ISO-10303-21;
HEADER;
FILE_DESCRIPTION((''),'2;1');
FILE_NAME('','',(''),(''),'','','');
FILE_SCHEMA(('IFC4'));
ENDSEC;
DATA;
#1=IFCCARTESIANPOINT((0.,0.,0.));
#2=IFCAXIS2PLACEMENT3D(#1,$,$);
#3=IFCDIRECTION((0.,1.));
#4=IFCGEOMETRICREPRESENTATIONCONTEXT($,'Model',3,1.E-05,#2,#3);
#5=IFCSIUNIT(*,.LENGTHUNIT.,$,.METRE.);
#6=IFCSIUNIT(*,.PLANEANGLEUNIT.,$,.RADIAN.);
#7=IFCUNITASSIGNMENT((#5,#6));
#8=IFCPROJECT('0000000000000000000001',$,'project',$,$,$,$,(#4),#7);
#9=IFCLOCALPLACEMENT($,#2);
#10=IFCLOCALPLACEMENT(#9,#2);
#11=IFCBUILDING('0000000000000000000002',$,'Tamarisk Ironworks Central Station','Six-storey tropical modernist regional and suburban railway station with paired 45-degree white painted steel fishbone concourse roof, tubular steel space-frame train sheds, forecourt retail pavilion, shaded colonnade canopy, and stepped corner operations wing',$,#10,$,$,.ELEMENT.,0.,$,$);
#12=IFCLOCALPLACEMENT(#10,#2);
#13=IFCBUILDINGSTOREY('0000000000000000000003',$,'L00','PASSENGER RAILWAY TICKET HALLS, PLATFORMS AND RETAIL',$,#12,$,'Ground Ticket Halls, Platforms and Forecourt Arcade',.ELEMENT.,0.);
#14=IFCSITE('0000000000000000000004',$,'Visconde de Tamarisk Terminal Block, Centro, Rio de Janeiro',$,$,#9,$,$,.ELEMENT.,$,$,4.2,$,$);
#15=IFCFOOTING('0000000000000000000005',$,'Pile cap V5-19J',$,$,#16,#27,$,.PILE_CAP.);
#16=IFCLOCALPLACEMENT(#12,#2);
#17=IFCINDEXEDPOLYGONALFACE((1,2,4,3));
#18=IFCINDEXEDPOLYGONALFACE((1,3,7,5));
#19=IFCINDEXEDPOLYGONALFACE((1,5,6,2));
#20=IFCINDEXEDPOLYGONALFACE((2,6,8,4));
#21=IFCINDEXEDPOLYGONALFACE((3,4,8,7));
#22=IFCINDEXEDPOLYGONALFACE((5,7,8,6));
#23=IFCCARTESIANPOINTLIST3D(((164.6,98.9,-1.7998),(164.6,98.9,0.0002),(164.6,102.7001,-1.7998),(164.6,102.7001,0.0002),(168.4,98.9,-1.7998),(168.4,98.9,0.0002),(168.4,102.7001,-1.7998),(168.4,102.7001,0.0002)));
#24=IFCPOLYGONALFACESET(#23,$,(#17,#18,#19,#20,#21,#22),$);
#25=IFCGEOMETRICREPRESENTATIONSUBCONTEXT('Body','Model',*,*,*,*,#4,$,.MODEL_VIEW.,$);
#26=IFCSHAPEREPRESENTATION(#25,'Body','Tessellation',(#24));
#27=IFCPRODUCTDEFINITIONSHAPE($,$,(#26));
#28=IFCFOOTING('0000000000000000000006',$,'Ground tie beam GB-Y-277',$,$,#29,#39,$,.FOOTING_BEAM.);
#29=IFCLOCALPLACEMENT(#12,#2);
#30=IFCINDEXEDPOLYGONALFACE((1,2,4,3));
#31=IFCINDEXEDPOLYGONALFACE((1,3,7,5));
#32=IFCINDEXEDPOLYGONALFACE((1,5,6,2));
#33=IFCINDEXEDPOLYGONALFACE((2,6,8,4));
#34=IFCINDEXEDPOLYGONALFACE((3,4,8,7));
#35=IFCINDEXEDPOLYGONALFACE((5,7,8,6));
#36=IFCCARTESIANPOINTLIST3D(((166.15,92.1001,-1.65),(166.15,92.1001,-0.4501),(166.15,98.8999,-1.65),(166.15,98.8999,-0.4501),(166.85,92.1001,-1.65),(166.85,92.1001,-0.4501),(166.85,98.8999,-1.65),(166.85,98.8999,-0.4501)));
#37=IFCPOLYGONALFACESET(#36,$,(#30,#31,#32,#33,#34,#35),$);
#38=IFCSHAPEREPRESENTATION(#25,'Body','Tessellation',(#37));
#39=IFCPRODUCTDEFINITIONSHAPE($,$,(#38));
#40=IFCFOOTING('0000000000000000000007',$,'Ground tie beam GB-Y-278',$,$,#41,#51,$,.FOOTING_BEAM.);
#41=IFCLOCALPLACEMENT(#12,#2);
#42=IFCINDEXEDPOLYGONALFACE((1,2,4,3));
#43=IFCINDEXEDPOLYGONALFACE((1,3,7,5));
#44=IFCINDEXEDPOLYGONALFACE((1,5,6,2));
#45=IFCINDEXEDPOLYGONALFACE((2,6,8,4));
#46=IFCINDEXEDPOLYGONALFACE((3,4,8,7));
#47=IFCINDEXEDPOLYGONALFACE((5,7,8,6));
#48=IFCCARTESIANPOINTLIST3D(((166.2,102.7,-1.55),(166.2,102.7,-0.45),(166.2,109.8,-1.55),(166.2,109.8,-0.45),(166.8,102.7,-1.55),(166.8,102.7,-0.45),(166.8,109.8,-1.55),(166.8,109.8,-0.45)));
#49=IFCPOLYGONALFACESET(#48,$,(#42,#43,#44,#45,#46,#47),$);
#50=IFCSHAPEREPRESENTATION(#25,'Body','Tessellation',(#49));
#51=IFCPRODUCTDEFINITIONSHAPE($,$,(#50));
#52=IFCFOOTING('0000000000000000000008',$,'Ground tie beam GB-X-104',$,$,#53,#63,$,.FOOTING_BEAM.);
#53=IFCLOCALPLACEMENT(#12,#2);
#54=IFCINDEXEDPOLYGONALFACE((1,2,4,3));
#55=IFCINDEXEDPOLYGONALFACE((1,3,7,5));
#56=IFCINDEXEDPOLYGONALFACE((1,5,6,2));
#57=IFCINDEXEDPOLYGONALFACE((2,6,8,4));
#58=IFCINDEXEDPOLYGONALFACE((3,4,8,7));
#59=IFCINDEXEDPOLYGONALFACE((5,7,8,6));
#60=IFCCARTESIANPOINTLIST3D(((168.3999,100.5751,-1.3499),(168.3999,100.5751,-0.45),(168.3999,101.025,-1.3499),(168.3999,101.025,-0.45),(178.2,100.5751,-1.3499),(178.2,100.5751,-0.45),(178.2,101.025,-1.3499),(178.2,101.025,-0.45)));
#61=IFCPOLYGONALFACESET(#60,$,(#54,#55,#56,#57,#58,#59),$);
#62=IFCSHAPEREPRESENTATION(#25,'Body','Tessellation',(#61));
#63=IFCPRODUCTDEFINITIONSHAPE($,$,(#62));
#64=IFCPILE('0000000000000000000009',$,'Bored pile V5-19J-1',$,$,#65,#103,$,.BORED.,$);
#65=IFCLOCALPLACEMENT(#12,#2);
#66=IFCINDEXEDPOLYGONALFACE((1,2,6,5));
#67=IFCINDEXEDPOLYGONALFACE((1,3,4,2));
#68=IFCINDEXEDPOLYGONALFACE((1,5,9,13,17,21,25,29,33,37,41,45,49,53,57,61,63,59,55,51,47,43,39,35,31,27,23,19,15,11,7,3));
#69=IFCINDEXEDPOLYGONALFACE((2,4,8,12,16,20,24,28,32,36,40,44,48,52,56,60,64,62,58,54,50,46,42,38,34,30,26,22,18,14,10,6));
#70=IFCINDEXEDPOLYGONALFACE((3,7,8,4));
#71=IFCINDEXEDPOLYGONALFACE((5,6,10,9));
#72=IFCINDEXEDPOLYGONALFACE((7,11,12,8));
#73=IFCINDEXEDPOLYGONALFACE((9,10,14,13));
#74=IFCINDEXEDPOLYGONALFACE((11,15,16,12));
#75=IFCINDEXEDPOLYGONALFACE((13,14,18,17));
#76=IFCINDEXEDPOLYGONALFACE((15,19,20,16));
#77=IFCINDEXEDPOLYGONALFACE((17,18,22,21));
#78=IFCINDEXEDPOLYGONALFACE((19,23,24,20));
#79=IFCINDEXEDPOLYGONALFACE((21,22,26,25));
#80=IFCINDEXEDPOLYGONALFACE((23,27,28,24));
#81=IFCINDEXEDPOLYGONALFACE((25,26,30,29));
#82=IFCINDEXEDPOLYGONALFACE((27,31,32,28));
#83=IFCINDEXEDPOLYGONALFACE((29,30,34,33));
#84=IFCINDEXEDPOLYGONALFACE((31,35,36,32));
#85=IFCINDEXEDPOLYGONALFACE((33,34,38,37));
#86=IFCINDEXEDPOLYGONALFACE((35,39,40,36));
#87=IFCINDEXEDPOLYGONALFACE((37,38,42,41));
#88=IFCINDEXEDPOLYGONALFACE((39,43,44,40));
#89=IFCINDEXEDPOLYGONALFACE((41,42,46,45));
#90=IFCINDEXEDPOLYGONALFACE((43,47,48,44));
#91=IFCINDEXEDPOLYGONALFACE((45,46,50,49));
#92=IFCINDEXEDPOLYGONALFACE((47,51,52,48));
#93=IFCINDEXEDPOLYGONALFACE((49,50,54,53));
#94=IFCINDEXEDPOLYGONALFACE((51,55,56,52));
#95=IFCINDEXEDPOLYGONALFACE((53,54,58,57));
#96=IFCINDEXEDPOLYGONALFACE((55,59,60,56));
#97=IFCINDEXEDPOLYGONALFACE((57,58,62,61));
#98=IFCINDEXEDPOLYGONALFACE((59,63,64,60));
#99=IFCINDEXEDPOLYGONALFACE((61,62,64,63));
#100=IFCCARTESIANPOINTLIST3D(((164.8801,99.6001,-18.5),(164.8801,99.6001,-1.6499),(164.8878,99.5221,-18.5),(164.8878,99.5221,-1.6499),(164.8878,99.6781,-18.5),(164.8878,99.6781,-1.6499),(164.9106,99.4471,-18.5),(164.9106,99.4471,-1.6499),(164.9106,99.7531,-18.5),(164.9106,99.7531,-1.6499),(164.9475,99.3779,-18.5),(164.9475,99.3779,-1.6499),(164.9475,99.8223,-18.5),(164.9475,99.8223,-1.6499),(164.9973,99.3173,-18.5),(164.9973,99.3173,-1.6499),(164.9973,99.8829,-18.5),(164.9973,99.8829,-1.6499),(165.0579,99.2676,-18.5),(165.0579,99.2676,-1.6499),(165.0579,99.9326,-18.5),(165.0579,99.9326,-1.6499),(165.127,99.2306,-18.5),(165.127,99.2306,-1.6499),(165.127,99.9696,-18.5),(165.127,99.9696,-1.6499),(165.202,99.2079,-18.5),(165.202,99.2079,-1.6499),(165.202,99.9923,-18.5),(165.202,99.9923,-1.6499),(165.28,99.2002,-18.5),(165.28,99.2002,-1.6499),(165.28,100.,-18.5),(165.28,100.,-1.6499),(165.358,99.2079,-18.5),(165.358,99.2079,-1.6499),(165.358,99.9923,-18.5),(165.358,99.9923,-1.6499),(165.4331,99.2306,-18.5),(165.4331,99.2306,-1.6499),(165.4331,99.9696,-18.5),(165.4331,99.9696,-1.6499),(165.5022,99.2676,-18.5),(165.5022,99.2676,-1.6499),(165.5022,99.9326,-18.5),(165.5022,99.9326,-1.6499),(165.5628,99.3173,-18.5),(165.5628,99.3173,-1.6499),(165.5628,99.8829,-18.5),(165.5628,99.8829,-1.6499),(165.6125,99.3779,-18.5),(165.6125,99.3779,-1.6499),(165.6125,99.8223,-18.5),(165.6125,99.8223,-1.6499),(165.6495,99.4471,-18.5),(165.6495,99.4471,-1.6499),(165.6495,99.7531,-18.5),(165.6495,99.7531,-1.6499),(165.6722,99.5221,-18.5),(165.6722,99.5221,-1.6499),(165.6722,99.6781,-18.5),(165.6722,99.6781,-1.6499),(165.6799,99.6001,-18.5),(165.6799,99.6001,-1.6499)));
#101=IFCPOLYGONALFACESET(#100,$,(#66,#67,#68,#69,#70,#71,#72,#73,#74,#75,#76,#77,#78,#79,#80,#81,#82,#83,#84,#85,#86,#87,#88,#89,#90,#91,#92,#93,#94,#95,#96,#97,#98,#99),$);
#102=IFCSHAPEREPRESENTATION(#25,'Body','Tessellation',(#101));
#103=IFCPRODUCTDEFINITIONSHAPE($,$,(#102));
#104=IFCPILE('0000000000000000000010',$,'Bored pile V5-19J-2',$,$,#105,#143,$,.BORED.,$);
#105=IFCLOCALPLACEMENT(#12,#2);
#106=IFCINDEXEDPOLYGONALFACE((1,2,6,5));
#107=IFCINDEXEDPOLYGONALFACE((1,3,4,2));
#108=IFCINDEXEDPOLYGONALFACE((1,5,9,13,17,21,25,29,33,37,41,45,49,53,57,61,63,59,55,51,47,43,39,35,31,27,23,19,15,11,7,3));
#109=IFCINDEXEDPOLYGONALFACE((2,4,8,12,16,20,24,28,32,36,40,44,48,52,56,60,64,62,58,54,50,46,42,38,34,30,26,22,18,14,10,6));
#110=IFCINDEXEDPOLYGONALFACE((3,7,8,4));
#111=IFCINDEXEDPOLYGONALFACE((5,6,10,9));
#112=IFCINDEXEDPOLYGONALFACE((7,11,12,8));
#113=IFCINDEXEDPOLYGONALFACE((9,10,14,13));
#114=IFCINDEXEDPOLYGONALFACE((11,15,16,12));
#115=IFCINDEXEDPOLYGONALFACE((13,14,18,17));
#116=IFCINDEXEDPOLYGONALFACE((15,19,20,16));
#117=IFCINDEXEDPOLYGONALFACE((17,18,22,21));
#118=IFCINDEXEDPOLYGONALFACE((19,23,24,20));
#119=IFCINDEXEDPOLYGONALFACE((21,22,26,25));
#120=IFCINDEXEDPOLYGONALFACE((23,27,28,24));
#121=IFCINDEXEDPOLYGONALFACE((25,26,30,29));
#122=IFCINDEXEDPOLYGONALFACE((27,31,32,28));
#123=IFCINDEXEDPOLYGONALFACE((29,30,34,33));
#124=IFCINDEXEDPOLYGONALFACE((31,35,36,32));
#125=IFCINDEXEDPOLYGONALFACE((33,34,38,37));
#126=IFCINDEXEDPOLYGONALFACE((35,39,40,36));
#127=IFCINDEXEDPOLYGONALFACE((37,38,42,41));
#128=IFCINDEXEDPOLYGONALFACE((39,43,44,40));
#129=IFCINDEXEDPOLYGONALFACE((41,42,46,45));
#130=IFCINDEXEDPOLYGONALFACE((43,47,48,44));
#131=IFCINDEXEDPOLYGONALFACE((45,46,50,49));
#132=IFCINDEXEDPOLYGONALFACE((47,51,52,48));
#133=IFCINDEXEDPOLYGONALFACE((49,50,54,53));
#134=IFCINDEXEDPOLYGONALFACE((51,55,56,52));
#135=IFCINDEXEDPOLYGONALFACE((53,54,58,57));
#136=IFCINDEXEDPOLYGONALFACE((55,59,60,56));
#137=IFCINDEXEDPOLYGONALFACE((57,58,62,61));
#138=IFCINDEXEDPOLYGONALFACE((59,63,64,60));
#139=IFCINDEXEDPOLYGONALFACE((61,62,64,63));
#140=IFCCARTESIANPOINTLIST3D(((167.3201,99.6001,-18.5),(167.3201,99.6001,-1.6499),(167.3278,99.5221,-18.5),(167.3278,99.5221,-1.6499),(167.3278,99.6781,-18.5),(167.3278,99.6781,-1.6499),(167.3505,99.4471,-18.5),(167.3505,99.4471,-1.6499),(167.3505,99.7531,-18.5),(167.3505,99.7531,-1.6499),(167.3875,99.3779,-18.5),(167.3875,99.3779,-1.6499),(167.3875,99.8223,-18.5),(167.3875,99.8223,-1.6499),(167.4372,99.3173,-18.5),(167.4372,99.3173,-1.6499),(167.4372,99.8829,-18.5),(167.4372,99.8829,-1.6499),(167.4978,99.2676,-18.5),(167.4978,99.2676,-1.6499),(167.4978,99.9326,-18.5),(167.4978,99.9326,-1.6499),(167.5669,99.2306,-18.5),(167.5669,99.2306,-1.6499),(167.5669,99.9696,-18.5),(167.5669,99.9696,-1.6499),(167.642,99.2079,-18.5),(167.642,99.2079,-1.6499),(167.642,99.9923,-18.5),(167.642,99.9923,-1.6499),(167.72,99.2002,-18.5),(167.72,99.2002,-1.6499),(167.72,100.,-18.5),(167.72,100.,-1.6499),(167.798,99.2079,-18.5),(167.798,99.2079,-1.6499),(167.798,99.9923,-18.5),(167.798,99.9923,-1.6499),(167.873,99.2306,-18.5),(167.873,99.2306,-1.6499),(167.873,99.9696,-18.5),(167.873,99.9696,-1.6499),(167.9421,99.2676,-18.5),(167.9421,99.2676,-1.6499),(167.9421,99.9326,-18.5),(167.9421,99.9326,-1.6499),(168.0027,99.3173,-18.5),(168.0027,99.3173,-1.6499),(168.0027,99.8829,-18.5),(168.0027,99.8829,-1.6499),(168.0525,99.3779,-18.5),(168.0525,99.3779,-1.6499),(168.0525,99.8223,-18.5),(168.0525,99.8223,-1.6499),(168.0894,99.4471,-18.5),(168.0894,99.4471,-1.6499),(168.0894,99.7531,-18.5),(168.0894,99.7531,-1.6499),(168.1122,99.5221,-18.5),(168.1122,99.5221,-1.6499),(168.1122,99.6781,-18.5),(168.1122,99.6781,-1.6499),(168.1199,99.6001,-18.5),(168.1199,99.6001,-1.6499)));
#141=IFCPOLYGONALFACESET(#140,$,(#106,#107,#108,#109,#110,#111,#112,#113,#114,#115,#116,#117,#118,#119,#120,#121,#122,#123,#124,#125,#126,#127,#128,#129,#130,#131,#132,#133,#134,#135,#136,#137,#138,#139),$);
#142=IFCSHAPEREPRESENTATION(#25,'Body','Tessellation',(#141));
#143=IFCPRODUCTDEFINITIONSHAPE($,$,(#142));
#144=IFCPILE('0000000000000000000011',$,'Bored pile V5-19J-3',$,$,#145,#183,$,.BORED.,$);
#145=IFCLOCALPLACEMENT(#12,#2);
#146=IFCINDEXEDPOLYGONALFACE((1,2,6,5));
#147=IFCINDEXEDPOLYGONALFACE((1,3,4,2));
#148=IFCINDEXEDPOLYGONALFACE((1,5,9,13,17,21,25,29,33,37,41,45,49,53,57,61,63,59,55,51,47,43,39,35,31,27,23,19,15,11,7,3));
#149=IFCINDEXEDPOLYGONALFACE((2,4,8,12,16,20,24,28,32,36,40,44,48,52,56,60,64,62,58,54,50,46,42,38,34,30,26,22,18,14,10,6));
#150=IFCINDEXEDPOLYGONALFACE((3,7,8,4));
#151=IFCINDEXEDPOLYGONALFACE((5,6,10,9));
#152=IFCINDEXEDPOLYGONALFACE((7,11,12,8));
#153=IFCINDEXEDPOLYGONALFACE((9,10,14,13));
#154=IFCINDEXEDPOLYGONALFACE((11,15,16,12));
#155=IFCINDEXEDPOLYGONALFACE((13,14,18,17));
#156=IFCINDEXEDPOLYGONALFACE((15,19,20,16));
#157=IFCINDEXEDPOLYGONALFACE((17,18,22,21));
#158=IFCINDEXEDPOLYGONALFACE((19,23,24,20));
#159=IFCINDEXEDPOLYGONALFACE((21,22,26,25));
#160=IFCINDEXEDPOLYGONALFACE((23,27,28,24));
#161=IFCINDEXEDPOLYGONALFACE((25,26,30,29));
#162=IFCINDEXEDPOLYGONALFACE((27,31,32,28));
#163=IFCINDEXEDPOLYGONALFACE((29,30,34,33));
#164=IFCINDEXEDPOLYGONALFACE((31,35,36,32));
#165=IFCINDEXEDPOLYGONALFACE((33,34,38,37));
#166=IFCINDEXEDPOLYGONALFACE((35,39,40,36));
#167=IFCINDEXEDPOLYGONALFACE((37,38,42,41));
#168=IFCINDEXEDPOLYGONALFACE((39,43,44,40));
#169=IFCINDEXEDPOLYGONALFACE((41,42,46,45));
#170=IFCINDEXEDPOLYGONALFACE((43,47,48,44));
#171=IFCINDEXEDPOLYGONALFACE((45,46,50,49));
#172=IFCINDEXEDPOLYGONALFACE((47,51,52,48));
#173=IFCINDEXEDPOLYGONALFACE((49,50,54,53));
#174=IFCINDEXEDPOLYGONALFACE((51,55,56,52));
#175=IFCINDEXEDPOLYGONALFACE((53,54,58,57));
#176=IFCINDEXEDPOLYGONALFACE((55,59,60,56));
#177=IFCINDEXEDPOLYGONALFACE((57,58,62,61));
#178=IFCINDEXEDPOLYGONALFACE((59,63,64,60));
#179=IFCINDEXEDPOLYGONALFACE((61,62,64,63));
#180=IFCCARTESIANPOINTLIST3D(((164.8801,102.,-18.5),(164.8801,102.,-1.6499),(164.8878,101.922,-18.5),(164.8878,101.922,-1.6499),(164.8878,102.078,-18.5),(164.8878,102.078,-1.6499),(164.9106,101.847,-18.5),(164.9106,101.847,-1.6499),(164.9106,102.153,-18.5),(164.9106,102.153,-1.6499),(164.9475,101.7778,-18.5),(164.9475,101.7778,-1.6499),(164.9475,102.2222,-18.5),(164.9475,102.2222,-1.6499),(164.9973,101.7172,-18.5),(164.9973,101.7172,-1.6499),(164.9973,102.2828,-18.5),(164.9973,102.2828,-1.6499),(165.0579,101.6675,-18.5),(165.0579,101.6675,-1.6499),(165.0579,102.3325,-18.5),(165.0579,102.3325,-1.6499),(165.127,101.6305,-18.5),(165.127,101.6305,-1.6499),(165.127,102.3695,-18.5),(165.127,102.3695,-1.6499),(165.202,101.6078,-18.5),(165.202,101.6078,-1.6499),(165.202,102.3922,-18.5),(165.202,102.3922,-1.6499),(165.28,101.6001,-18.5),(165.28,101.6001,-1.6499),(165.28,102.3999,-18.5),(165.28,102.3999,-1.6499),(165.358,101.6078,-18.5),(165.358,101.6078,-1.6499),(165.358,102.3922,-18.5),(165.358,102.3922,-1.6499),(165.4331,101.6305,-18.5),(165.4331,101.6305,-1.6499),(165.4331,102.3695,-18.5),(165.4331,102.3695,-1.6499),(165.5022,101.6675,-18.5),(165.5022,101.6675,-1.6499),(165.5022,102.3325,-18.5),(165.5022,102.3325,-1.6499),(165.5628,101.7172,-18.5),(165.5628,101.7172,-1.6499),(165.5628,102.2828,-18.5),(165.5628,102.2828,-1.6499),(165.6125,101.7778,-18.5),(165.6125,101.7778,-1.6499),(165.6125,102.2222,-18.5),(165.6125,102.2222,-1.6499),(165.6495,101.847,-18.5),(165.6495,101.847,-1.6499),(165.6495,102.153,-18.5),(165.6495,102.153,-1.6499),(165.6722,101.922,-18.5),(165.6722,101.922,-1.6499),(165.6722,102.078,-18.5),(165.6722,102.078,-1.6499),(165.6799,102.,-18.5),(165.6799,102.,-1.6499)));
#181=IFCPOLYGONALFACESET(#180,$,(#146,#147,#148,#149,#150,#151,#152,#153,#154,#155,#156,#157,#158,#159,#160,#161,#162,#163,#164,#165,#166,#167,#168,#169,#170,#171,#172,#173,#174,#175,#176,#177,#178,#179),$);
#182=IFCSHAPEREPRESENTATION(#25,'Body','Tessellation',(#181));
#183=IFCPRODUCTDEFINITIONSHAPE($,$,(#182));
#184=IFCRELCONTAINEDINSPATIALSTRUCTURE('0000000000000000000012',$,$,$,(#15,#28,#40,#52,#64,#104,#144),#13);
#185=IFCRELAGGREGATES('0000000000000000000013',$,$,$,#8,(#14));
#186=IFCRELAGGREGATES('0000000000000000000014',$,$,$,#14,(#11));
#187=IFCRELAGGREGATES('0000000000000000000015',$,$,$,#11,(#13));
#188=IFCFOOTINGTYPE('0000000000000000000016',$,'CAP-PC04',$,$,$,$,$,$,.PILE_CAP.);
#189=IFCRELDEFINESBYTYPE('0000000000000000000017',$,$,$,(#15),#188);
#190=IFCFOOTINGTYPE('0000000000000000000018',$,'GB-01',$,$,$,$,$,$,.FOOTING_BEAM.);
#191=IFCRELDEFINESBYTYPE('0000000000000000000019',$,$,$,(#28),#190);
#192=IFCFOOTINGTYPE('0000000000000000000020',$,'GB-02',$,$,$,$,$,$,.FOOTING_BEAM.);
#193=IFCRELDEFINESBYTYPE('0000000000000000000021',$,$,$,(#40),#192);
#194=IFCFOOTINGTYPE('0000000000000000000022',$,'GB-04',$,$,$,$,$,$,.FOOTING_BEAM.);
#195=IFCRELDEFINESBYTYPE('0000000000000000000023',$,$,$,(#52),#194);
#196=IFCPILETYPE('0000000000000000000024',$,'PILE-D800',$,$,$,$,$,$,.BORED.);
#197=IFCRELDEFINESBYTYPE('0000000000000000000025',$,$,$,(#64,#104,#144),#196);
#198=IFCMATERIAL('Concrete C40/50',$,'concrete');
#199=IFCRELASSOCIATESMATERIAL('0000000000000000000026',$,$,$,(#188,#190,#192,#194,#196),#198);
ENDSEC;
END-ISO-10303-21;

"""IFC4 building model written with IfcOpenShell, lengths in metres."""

from ifc_helpers import new_model, si_unit, direction, frame, origin, origin_2d, place, context, subcontext, project, spatial, rectangle, circle, extrude, material, material_profile, profile_set, type_object, element, save


model = new_model("IFC4")

# Units and contexts
model_context = context("Model", 3, precision=1e-05, world=origin(), true_north=direction((0.0, 1.0)))
body_context = subcontext(model_context, "Body", "Model", "MODEL_VIEW")
ifc_project = project(units=[si_unit("LENGTHUNIT", "METRE"), si_unit("PLANEANGLEUNIT", "RADIAN")], contexts=[model_context])

# Site, building, storey
site_placement = place(None, origin())
site = spatial("IfcSite", under=ifc_project, at=site_placement, Name="Visconde de Tamarisk Terminal Block, Centro, Rio de Janeiro", CompositionType="ELEMENT", RefElevation=4.2)
building_placement = place(site_placement, origin())
building = spatial("IfcBuilding", under=site, at=building_placement, Name="Tamarisk Ironworks Central Station", Description="Six-storey tropical modernist regional and suburban railway station with paired 45-degree white painted steel fishbone concourse roof, tubular steel space-frame train sheds, forecourt retail pavilion, shaded colonnade canopy, and stepped corner operations wing", CompositionType="ELEMENT", ElevationOfRefHeight=0.0)
storey_placement = place(building_placement, origin())
storey = spatial("IfcBuildingStorey", under=building, at=storey_placement, Name="L00", Description="PASSENGER RAILWAY TICKET HALLS, PLATFORMS AND RETAIL", LongName="Ground Ticket Halls, Platforms and Forecourt Arcade", CompositionType="ELEMENT", Elevation=0.0)

# Footings
ifc_material_1 = material(Name="Concrete C40/50", Category="concrete")
footing_type_1 = type_object("IfcFootingType", Name="CAP-PC04", PredefinedType="PILE_CAP", material=ifc_material_1)
footing_1_placement = place(storey_placement, frame((166.5, 100.8, -1.7998), z_axis=(0.0, 0.0, 1.0), x_axis=(1.0, 0.0, 0.0)))
element("IfcFooting", 1, at=footing_1_placement, inside=storey, type_object=footing_type_1, Name="Pile cap V5-19J", PredefinedType="PILE_CAP", context=body_context, shape_type="SweptSolid", body=[
    extrude(rectangle(XDim=3.8, YDim=3.8, at=origin_2d()), origin(), (0.0, 0.0, 1.0), 1.8),
])
ifc_material_profile_1 = material_profile(ifc_material_1, rectangle(XDim=0.7, YDim=1.2, at=origin_2d()), Name="GB01 700x1200")
ifc_profile_set_1 = profile_set([ifc_material_profile_1], Name="Concrete C40/50")
footing_type_2 = type_object("IfcFootingType", Name="GB-01", PredefinedType="FOOTING_BEAM", material=ifc_profile_set_1)
footing_2_placement = place(storey_placement, frame((166.5, 92.1001, -1.05), z_axis=(0.0, 1.0, 0.0), x_axis=(-1.0, 0.0, 0.0)))
element("IfcFooting", 2, at=footing_2_placement, inside=storey, type_object=footing_type_2, Name="Ground tie beam GB-Y-277", PredefinedType="FOOTING_BEAM", context=body_context, shape_type="SweptSolid", body=[
    extrude(rectangle(XDim=0.7, YDim=1.2, at=origin_2d()), origin(), (0.0, 0.0, 1.0), 6.7998),
])
ifc_material_profile_2 = material_profile(ifc_material_1, rectangle(XDim=0.6001, YDim=1.1001, at=origin_2d()), Name="GB02 600x1100")
ifc_profile_set_2 = profile_set([ifc_material_profile_2], Name="Concrete C40/50")
footing_type_3 = type_object("IfcFootingType", Name="GB-02", PredefinedType="FOOTING_BEAM", material=ifc_profile_set_2)
footing_3_placement = place(storey_placement, frame((166.5, 102.7, -1.0), z_axis=(0.0, 1.0, 0.0), x_axis=(-1.0, 0.0, 0.0)))
element("IfcFooting", 3, at=footing_3_placement, inside=storey, type_object=footing_type_3, Name="Ground tie beam GB-Y-278", PredefinedType="FOOTING_BEAM", context=body_context, shape_type="SweptSolid", body=[
    extrude(rectangle(XDim=0.6001, YDim=1.1001, at=origin_2d()), origin(), (0.0, 0.0, 1.0), 7.1001),
])
ifc_material_profile_3 = material_profile(ifc_material_1, rectangle(XDim=0.45, YDim=0.8999, at=origin_2d()), Name="GB04 450x900")
ifc_profile_set_3 = profile_set([ifc_material_profile_3], Name="Concrete C40/50")
footing_type_4 = type_object("IfcFootingType", Name="GB-04", PredefinedType="FOOTING_BEAM", material=ifc_profile_set_3)
footing_4_placement = place(storey_placement, frame((168.3999, 100.8, -0.8999), z_axis=(1.0, 0.0, 0.0), x_axis=(0.0, 1.0, 0.0)))
element("IfcFooting", 4, at=footing_4_placement, inside=storey, type_object=footing_type_4, Name="Ground tie beam GB-X-104", PredefinedType="FOOTING_BEAM", context=body_context, shape_type="SweptSolid", body=[
    extrude(rectangle(XDim=0.45, YDim=0.8999, at=origin_2d()), origin(), (0.0, 0.0, 1.0), 9.8),
])

# Piles
ifc_material_profile_4 = material_profile(ifc_material_1, circle(Radius=0.3999, at=origin_2d()), Name="BORED PILE D800")
ifc_profile_set_4 = profile_set([ifc_material_profile_4], Name="Concrete C40/50")
pile_type = type_object("IfcPileType", Name="PILE-D800", PredefinedType="BORED", material=ifc_profile_set_4)
for number, where, z_axis, x_axis, name in (
    (5, (165.28, 99.6001, -1.6499), (0.0, 0.0, -1.0), (1.0, 0.0, 0.0), "Bored pile V5-19J-1"),
    (6, (167.72, 99.6001, -1.6499), (0.0, 0.0, -1.0), (1.0, 0.0, 0.0), "Bored pile V5-19J-2"),
    (7, (165.28, 102.0, -1.6499), (0.0, 0.0, -1.0), (1.0, 0.0, 0.0), "Bored pile V5-19J-3"),
):
    element("IfcPile", number, at=place(storey_placement, frame(where, z_axis=z_axis, x_axis=x_axis)), inside=storey, type_object=pile_type, Name=name, PredefinedType="BORED", context=body_context, shape_type="SweptSolid", body=[
        extrude(circle(Radius=0.3999, at=origin_2d()), origin(), (0.0, 0.0, 1.0), 16.8501),
    ])

save(model, "model.ifc")
